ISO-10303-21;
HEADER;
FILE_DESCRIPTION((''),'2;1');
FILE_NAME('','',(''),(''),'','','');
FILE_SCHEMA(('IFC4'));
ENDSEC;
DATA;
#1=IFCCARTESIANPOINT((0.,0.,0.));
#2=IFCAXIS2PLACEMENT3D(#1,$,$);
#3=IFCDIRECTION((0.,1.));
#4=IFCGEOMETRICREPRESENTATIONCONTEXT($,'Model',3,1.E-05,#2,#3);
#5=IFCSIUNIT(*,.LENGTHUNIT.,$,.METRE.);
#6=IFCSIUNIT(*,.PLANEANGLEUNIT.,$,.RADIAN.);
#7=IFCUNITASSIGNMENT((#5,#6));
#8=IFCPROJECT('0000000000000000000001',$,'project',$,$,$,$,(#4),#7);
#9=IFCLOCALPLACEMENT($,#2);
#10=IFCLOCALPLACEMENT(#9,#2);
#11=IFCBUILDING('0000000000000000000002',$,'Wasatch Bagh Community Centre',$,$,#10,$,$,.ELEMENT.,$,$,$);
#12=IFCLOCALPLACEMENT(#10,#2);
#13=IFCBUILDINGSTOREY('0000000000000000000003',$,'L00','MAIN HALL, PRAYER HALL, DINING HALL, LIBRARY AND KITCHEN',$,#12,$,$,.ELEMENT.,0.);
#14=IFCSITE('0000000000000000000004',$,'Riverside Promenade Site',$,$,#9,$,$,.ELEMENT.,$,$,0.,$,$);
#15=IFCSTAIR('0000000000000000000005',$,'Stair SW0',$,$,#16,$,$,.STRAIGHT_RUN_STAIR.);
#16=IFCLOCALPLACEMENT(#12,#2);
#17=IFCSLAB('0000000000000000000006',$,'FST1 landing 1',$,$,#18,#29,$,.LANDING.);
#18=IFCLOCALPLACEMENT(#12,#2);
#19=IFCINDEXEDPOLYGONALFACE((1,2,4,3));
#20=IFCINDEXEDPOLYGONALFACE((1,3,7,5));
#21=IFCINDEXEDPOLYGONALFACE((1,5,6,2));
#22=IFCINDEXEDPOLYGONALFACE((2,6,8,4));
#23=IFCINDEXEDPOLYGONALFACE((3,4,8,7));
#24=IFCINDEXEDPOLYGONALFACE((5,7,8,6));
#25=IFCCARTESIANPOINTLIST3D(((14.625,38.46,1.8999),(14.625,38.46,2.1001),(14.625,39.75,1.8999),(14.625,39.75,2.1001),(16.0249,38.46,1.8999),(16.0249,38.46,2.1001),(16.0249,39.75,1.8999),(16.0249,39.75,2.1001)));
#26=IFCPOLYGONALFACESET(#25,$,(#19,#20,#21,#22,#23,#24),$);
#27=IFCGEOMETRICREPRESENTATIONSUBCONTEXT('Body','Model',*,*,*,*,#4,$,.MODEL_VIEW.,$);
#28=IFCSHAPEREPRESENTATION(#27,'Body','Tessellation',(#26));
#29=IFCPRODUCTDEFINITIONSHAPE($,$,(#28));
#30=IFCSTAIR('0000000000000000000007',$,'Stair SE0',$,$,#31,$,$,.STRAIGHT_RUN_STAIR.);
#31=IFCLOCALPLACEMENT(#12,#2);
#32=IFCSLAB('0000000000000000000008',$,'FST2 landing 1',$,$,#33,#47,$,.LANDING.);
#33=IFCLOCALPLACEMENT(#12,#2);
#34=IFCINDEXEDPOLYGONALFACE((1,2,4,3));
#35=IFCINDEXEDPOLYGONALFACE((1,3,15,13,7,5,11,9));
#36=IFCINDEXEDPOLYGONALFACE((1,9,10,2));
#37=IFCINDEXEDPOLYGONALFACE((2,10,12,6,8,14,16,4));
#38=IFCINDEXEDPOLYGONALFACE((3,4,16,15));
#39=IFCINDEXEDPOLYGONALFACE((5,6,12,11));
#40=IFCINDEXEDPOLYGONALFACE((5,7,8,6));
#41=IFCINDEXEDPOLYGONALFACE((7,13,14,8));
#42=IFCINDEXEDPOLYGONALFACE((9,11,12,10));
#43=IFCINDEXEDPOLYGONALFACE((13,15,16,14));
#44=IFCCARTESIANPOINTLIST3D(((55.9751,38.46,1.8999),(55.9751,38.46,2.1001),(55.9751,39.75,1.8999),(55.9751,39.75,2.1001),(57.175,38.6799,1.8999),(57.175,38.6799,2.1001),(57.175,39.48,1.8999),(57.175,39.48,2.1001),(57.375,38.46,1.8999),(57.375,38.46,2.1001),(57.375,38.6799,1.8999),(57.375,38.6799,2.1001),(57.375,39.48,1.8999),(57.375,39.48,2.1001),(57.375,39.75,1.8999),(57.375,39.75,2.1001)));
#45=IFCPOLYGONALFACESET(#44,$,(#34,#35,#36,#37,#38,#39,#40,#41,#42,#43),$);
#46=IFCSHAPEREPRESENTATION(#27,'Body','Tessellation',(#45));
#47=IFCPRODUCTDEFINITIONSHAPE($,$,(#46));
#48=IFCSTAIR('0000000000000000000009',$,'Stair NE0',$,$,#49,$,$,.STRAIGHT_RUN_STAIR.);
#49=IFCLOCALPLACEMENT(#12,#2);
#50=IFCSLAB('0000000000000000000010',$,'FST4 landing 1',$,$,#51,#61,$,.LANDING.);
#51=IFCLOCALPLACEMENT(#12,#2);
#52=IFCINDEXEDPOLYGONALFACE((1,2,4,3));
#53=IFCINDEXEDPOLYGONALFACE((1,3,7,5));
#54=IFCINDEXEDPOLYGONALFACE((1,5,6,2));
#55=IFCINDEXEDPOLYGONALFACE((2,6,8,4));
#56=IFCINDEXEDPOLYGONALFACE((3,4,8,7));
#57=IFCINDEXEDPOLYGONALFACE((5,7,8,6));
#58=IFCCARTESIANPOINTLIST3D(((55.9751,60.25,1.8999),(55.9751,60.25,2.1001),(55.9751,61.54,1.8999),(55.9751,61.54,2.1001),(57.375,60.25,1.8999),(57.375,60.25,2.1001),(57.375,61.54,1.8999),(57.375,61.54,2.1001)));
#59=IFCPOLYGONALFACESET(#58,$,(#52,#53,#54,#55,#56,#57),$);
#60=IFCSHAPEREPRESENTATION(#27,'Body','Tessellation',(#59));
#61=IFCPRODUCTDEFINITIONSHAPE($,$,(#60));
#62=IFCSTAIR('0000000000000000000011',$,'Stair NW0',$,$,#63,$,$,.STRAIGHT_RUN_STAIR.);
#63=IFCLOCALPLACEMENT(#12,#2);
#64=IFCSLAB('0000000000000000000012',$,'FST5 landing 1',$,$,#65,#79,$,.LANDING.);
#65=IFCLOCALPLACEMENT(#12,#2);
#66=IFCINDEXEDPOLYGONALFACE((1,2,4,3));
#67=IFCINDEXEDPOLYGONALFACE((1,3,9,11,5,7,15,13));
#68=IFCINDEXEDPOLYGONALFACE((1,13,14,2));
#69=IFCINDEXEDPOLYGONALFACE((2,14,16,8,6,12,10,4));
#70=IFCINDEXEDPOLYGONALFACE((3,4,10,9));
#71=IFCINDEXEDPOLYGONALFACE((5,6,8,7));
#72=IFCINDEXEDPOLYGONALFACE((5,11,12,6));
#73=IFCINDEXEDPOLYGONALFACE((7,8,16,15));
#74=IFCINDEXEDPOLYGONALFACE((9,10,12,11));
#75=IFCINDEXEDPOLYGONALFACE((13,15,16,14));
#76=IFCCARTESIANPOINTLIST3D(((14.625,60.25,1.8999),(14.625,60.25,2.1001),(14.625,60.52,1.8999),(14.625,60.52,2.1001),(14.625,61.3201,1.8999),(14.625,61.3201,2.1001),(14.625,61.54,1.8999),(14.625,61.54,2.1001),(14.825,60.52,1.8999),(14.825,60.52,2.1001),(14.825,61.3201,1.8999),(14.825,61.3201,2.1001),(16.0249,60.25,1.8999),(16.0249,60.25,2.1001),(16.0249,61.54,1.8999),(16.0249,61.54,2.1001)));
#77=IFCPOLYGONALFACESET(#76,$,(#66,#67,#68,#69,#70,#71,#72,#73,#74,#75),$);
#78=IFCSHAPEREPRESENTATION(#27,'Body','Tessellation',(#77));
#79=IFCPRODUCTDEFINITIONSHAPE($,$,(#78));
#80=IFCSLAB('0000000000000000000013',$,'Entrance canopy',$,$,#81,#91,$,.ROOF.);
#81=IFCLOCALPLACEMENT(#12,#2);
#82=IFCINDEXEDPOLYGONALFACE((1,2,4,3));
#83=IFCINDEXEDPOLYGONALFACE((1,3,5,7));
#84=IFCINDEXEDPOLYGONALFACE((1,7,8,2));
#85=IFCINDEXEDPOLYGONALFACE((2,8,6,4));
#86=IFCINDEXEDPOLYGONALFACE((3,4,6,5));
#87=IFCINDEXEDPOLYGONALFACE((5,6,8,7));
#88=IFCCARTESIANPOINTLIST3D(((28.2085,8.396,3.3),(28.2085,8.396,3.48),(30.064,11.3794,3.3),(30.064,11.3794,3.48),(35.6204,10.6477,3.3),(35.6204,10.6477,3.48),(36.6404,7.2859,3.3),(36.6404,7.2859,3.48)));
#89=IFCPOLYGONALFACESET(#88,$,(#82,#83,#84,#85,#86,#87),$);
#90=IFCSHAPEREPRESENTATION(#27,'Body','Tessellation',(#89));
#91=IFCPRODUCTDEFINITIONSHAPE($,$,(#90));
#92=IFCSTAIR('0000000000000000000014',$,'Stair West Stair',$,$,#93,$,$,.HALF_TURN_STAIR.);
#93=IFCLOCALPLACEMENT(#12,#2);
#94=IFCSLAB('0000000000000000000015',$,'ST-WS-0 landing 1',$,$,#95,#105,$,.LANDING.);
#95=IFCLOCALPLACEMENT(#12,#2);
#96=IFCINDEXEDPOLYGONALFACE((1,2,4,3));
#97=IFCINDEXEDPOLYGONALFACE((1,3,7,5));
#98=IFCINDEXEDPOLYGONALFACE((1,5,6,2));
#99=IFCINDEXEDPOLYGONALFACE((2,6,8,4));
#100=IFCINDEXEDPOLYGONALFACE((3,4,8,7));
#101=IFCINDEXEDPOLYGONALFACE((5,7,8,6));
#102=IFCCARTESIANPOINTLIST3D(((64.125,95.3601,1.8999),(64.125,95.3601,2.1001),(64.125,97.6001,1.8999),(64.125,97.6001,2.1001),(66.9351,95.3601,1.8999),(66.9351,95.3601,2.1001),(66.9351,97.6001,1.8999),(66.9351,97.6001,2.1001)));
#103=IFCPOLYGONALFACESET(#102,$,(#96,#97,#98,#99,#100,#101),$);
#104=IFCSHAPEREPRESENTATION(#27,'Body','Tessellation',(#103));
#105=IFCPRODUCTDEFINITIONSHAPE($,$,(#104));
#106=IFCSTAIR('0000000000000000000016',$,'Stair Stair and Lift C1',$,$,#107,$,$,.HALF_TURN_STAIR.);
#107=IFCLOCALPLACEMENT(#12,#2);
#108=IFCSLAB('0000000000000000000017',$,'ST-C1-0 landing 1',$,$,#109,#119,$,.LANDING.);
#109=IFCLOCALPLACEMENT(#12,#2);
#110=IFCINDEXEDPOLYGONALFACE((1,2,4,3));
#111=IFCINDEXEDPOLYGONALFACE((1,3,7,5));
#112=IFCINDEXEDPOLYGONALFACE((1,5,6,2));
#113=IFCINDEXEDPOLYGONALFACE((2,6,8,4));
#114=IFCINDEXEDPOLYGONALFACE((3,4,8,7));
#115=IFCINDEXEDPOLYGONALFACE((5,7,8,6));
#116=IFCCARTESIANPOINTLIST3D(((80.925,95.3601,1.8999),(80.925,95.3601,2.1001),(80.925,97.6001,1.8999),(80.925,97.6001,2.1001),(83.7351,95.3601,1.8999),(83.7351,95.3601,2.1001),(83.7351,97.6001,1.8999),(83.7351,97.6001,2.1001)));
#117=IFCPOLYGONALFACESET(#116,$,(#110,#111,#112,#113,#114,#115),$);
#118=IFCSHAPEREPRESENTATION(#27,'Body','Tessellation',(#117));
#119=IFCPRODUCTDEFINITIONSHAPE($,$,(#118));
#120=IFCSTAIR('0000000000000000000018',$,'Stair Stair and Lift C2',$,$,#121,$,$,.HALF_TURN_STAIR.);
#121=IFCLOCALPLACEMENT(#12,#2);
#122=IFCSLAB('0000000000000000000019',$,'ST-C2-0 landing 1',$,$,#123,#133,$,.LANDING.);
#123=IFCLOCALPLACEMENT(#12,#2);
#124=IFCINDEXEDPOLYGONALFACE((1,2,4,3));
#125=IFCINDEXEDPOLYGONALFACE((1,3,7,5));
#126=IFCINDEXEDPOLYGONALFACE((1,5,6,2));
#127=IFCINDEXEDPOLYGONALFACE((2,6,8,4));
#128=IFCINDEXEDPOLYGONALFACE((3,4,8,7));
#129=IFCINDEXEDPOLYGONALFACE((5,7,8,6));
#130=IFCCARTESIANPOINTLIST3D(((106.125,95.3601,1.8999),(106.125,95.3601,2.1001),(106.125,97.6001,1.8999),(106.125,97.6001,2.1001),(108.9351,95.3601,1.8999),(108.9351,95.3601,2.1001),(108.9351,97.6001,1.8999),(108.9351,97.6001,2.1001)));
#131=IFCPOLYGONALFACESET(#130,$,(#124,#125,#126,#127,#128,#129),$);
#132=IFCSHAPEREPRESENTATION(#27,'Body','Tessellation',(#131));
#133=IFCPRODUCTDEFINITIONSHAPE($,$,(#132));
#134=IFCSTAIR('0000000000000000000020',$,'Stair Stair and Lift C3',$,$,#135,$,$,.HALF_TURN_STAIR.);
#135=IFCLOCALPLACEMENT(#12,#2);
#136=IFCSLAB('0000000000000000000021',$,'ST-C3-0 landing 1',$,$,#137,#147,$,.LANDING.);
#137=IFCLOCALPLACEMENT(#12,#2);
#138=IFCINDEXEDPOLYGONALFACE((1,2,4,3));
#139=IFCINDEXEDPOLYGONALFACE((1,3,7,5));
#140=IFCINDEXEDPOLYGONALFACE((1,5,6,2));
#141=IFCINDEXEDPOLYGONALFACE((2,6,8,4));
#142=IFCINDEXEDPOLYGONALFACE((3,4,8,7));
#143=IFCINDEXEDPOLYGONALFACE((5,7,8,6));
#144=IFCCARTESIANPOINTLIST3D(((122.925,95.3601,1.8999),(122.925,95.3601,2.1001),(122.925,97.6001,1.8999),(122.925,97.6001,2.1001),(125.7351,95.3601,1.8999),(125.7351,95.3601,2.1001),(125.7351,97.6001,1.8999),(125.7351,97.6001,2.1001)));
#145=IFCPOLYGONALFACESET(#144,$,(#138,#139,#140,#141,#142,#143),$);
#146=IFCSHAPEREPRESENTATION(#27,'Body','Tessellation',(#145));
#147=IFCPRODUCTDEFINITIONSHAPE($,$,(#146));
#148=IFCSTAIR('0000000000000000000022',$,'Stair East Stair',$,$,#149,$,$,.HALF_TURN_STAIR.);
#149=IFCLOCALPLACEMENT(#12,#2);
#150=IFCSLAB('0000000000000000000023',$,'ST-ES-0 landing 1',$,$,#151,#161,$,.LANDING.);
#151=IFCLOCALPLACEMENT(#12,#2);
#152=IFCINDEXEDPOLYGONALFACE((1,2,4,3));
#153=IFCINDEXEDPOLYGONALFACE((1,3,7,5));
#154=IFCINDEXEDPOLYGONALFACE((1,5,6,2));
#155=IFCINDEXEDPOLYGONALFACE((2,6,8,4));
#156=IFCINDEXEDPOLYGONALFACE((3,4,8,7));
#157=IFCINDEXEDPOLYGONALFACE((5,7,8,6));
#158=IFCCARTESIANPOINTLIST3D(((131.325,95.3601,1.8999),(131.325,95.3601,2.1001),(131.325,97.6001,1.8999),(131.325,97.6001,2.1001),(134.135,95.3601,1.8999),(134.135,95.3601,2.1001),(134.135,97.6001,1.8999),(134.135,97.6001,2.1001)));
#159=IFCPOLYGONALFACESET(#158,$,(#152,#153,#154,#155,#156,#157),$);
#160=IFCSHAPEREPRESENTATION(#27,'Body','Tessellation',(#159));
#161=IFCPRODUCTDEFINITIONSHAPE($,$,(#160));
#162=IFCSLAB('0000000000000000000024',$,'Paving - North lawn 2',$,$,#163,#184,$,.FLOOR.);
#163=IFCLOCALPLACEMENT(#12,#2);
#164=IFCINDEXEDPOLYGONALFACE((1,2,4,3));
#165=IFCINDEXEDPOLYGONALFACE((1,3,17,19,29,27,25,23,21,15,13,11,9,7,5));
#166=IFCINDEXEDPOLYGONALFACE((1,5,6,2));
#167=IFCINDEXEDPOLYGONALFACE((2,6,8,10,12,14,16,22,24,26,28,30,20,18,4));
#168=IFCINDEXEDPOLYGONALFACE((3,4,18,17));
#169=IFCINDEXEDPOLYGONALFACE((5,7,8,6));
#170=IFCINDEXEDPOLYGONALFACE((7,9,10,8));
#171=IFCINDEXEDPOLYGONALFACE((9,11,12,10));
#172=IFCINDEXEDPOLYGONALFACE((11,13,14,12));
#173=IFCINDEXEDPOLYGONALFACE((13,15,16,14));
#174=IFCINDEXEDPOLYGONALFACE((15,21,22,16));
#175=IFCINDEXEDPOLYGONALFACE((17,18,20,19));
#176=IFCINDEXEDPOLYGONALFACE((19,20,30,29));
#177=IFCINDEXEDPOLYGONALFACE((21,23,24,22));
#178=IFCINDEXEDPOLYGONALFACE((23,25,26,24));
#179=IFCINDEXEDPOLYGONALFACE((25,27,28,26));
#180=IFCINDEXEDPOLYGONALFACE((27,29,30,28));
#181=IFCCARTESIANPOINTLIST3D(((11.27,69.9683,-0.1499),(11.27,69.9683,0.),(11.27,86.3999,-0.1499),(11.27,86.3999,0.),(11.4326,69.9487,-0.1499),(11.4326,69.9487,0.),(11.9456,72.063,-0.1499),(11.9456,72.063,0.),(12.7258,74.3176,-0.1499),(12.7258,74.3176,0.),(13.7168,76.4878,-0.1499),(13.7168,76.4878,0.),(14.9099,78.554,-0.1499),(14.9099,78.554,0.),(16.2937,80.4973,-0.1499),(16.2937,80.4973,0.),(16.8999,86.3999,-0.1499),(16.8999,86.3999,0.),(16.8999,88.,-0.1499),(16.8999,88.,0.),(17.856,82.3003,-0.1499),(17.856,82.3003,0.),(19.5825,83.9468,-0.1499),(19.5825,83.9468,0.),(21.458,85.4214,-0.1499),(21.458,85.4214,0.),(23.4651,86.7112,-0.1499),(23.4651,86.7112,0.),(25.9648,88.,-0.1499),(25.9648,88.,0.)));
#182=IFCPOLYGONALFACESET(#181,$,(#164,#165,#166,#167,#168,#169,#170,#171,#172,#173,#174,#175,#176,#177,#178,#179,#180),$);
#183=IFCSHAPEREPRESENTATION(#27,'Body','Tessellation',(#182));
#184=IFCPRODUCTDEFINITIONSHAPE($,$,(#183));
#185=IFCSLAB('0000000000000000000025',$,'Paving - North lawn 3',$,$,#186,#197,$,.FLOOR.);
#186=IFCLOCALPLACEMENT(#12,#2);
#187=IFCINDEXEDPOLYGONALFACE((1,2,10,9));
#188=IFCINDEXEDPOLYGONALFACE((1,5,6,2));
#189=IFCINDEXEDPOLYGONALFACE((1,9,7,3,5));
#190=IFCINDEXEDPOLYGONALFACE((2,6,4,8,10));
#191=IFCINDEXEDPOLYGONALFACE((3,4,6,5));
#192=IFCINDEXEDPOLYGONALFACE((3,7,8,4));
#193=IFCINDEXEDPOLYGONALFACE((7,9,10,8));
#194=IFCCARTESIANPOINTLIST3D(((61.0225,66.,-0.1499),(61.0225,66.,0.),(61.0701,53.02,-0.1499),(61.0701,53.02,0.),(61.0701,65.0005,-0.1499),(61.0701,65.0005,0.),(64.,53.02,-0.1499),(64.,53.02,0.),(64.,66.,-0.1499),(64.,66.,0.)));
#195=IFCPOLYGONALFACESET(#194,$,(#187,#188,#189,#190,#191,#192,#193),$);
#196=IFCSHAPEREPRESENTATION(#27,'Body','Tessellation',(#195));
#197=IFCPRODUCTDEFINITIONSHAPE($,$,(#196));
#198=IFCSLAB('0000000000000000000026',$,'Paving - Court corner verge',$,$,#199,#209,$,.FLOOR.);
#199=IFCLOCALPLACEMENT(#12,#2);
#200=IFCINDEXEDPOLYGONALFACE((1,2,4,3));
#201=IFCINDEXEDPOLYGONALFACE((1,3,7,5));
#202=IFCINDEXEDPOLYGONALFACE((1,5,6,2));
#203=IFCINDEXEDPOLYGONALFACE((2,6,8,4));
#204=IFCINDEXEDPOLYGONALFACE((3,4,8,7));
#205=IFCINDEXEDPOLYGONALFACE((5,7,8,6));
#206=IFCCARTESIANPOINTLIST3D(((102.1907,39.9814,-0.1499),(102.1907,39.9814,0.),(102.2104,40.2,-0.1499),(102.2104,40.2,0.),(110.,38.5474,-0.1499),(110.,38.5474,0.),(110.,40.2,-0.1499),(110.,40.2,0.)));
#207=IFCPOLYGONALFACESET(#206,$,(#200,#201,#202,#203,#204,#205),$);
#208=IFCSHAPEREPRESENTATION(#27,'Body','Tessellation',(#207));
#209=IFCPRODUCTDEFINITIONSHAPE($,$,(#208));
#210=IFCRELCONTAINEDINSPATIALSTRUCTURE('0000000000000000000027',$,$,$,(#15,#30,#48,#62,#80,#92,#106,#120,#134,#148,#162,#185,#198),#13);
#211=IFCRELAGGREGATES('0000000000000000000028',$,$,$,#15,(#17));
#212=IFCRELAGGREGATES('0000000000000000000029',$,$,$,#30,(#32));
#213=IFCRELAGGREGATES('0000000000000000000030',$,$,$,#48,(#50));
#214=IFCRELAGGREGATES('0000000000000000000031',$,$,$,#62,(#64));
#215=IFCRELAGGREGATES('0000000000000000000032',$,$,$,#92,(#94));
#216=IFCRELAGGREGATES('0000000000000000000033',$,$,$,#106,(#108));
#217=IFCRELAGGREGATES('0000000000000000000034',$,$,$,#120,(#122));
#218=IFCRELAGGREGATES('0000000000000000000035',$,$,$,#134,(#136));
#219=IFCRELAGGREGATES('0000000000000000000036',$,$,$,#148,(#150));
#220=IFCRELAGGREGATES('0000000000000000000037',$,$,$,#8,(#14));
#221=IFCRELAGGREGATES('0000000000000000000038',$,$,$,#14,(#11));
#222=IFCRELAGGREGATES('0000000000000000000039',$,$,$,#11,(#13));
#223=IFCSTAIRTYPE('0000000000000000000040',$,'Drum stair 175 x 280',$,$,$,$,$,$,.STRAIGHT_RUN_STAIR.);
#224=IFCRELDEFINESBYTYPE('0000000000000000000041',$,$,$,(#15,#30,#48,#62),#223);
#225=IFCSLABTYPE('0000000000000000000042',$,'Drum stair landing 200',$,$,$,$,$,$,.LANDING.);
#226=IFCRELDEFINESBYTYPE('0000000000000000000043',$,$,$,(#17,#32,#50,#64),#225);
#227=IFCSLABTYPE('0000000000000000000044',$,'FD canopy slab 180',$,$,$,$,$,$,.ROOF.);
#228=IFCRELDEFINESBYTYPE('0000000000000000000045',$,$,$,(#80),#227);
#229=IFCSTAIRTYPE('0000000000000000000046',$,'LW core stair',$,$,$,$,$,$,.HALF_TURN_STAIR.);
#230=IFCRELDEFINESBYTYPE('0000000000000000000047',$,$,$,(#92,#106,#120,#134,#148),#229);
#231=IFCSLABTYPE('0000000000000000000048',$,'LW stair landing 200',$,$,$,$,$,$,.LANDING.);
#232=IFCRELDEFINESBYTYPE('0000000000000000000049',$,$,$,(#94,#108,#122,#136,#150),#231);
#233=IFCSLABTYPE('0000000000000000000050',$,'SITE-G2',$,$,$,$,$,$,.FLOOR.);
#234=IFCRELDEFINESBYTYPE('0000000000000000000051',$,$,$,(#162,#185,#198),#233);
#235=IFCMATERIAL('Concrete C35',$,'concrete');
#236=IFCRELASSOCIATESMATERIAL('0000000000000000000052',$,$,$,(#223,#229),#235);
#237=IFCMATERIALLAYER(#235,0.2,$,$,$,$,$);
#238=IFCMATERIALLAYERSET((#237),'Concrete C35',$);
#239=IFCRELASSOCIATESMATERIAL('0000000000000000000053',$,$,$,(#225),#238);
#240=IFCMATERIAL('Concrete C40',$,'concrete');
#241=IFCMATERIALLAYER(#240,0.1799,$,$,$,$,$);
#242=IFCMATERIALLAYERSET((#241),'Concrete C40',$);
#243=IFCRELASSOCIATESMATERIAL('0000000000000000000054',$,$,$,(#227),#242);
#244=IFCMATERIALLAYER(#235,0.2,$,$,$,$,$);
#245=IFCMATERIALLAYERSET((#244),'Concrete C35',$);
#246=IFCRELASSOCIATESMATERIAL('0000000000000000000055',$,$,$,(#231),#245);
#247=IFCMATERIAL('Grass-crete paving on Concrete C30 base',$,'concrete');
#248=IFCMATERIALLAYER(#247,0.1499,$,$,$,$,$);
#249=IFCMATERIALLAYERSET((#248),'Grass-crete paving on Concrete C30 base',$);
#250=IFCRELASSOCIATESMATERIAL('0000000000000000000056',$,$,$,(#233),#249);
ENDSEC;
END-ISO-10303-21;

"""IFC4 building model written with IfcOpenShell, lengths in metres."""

from ifc_helpers import new_model, si_unit, direction, frame, origin, place, context, subcontext, project, spatial, polyline, outline, extrude, material, layer, layer_set, type_object, element, aggregate, save


model = new_model("IFC4")

# Units and contexts
model_context = context("Model", 3, precision=1e-05, world=origin(), true_north=direction((0.0, 1.0)))
body_context = subcontext(model_context, "Body", "Model", "MODEL_VIEW")
ifc_project = project(units=[si_unit("LENGTHUNIT", "METRE"), si_unit("PLANEANGLEUNIT", "RADIAN")], contexts=[model_context])

# Site, building, storey
site_placement = place(None, origin())
site = spatial("IfcSite", under=ifc_project, at=site_placement, Name="Riverside Promenade Site", CompositionType="ELEMENT", RefElevation=0.0)
building_placement = place(site_placement, origin())
building = spatial("IfcBuilding", under=site, at=building_placement, Name="Wasatch Bagh Community Centre", CompositionType="ELEMENT")
storey_placement = place(building_placement, origin())
storey = spatial("IfcBuildingStorey", under=building, at=storey_placement, Name="L00", Description="MAIN HALL, PRAYER HALL, DINING HALL, LIBRARY AND KITCHEN", CompositionType="ELEMENT", Elevation=0.0)

# Stairs, slabs
ifc_material_1 = material(Name="Concrete C35", Category="concrete")
stair_type_1 = type_object("IfcStairType", Name="Drum stair 175 x 280", PredefinedType="STRAIGHT_RUN_STAIR", material=ifc_material_1)
stair_1_placement = place(storey_placement, origin())
stair_1 = element("IfcStair", 1, at=stair_1_placement, inside=storey, type_object=stair_type_1, Name="Stair SW0", PredefinedType="STRAIGHT_RUN_STAIR")
ifc_layer_1 = layer(ifc_material_1, 0.2)
ifc_layer_set_1 = layer_set([ifc_layer_1], Name="Concrete C35")
slab_type_1 = type_object("IfcSlabType", Name="Drum stair landing 200", PredefinedType="LANDING", material=ifc_layer_set_1)
slab_1_placement = place(storey_placement, frame((0.0, 0.0, 1.8999)))
slab_1 = element("IfcSlab", 2, at=slab_1_placement, type_object=slab_type_1, Name="FST1 landing 1", PredefinedType="LANDING", context=body_context, shape_type="SweptSolid", body=[
    extrude(outline(polyline([(16.0249, 38.46), (14.625, 38.46), (14.625, 39.75), (16.0249, 39.75), (16.0249, 38.46)])), origin(), (0.0, 0.0, 1.0), 0.2002),
])
aggregate(stair_1, [slab_1])
stair_2_placement = place(storey_placement, origin())
stair_2 = element("IfcStair", 3, at=stair_2_placement, inside=storey, type_object=stair_type_1, Name="Stair SE0", PredefinedType="STRAIGHT_RUN_STAIR")
slab_2_placement = place(storey_placement, frame((0.0, 0.0, 1.8999)))
slab_2 = element("IfcSlab", 4, at=slab_2_placement, type_object=slab_type_1, Name="FST2 landing 1", PredefinedType="LANDING", context=body_context, shape_type="SweptSolid", body=[
    extrude(outline(polyline([(57.375, 38.46), (55.9751, 38.46), (55.9751, 39.75), (57.375, 39.75), (57.375, 39.48), (57.175, 39.48), (57.175, 38.6799), (57.375, 38.6799), (57.375, 38.46)])), origin(), (0.0, 0.0, 1.0), 0.2002),
])
aggregate(stair_2, [slab_2])
stair_3_placement = place(storey_placement, origin())
stair_3 = element("IfcStair", 5, at=stair_3_placement, inside=storey, type_object=stair_type_1, Name="Stair NE0", PredefinedType="STRAIGHT_RUN_STAIR")
slab_3_placement = place(storey_placement, frame((0.0, 0.0, 1.8999)))
slab_3 = element("IfcSlab", 6, at=slab_3_placement, type_object=slab_type_1, Name="FST4 landing 1", PredefinedType="LANDING", context=body_context, shape_type="SweptSolid", body=[
    extrude(outline(polyline([(55.9751, 61.54), (57.375, 61.54), (57.375, 60.25), (55.9751, 60.25), (55.9751, 61.54)])), origin(), (0.0, 0.0, 1.0), 0.2002),
])
aggregate(stair_3, [slab_3])
stair_4_placement = place(storey_placement, origin())
stair_4 = element("IfcStair", 7, at=stair_4_placement, inside=storey, type_object=stair_type_1, Name="Stair NW0", PredefinedType="STRAIGHT_RUN_STAIR")
slab_4_placement = place(storey_placement, frame((0.0, 0.0, 1.8999)))
slab_4 = element("IfcSlab", 8, at=slab_4_placement, type_object=slab_type_1, Name="FST5 landing 1", PredefinedType="LANDING", context=body_context, shape_type="SweptSolid", body=[
    extrude(outline(polyline([(14.625, 61.54), (16.0249, 61.54), (16.0249, 60.25), (14.625, 60.25), (14.625, 60.52), (14.825, 60.52), (14.825, 61.3201), (14.625, 61.3201), (14.625, 61.54)])), origin(), (0.0, 0.0, 1.0), 0.2002),
])
aggregate(stair_4, [slab_4])

# Slab
ifc_material_2 = material(Name="Concrete C40", Category="concrete")
ifc_layer_2 = layer(ifc_material_2, 0.1799)
ifc_layer_set_2 = layer_set([ifc_layer_2], Name="Concrete C40")
slab_type_2 = type_object("IfcSlabType", Name="FD canopy slab 180", PredefinedType="ROOF", material=ifc_layer_set_2)
slab_5_placement = place(storey_placement, frame((0.0, 0.0, 3.3)))
element("IfcSlab", 9, at=slab_5_placement, inside=storey, type_object=slab_type_2, Name="Entrance canopy", PredefinedType="ROOF", context=body_context, shape_type="SweptSolid", body=[
    extrude(outline(polyline([(30.064, 11.3794), (35.6204, 10.6477), (36.6404, 7.2859), (28.2085, 8.396), (30.064, 11.3794)])), origin(), (0.0, 0.0, 1.0), 0.1799),
])

# Stairs, slabs
stair_type_2 = type_object("IfcStairType", Name="LW core stair", PredefinedType="HALF_TURN_STAIR", material=ifc_material_1)
stair_5_placement = place(storey_placement, origin())
stair_5 = element("IfcStair", 10, at=stair_5_placement, inside=storey, type_object=stair_type_2, Name="Stair West Stair", PredefinedType="HALF_TURN_STAIR")
ifc_layer_3 = layer(ifc_material_1, 0.2)
ifc_layer_set_3 = layer_set([ifc_layer_3], Name="Concrete C35")
slab_type_3 = type_object("IfcSlabType", Name="LW stair landing 200", PredefinedType="LANDING", material=ifc_layer_set_3)
slab_6_placement = place(storey_placement, frame((0.0, 0.0, 1.8999)))
slab_6 = element("IfcSlab", 11, at=slab_6_placement, type_object=slab_type_3, Name="ST-WS-0 landing 1", PredefinedType="LANDING", context=body_context, shape_type="SweptSolid", body=[
    extrude(outline(polyline([(64.125, 95.3601), (66.9351, 95.3601), (66.9351, 97.6001), (64.125, 97.6001), (64.125, 95.3601)])), origin(), (0.0, 0.0, 1.0), 0.2002),
])
aggregate(stair_5, [slab_6])
stair_6_placement = place(storey_placement, origin())
stair_6 = element("IfcStair", 12, at=stair_6_placement, inside=storey, type_object=stair_type_2, Name="Stair Stair and Lift C1", PredefinedType="HALF_TURN_STAIR")
slab_7_placement = place(storey_placement, frame((0.0, 0.0, 1.8999)))
slab_7 = element("IfcSlab", 13, at=slab_7_placement, type_object=slab_type_3, Name="ST-C1-0 landing 1", PredefinedType="LANDING", context=body_context, shape_type="SweptSolid", body=[
    extrude(outline(polyline([(80.925, 95.3601), (83.7351, 95.3601), (83.7351, 97.6001), (80.925, 97.6001), (80.925, 95.3601)])), origin(), (0.0, 0.0, 1.0), 0.2002),
])
aggregate(stair_6, [slab_7])
stair_7_placement = place(storey_placement, origin())
stair_7 = element("IfcStair", 14, at=stair_7_placement, inside=storey, type_object=stair_type_2, Name="Stair Stair and Lift C2", PredefinedType="HALF_TURN_STAIR")
slab_8_placement = place(storey_placement, frame((0.0, 0.0, 1.8999)))
slab_8 = element("IfcSlab", 15, at=slab_8_placement, type_object=slab_type_3, Name="ST-C2-0 landing 1", PredefinedType="LANDING", context=body_context, shape_type="SweptSolid", body=[
    extrude(outline(polyline([(106.125, 95.3601), (108.9351, 95.3601), (108.9351, 97.6001), (106.125, 97.6001), (106.125, 95.3601)])), origin(), (0.0, 0.0, 1.0), 0.2002),
])
aggregate(stair_7, [slab_8])
stair_8_placement = place(storey_placement, origin())
stair_8 = element("IfcStair", 16, at=stair_8_placement, inside=storey, type_object=stair_type_2, Name="Stair Stair and Lift C3", PredefinedType="HALF_TURN_STAIR")
slab_9_placement = place(storey_placement, frame((0.0, 0.0, 1.8999)))
slab_9 = element("IfcSlab", 17, at=slab_9_placement, type_object=slab_type_3, Name="ST-C3-0 landing 1", PredefinedType="LANDING", context=body_context, shape_type="SweptSolid", body=[
    extrude(outline(polyline([(122.925, 95.3601), (125.7351, 95.3601), (125.7351, 97.6001), (122.925, 97.6001), (122.925, 95.3601)])), origin(), (0.0, 0.0, 1.0), 0.2002),
])
aggregate(stair_8, [slab_9])
stair_9_placement = place(storey_placement, origin())
stair_9 = element("IfcStair", 18, at=stair_9_placement, inside=storey, type_object=stair_type_2, Name="Stair East Stair", PredefinedType="HALF_TURN_STAIR")
slab_10_placement = place(storey_placement, frame((0.0, 0.0, 1.8999)))
slab_10 = element("IfcSlab", 19, at=slab_10_placement, type_object=slab_type_3, Name="ST-ES-0 landing 1", PredefinedType="LANDING", context=body_context, shape_type="SweptSolid", body=[
    extrude(outline(polyline([(131.325, 95.3601), (134.135, 95.3601), (134.135, 97.6001), (131.325, 97.6001), (131.325, 95.3601)])), origin(), (0.0, 0.0, 1.0), 0.2002),
])
aggregate(stair_9, [slab_10])

# Slabs
ifc_material_3 = material(Name="Grass-crete paving on Concrete C30 base", Category="concrete")
ifc_layer_4 = layer(ifc_material_3, 0.1499)
ifc_layer_set_4 = layer_set([ifc_layer_4], Name="Grass-crete paving on Concrete C30 base")
slab_type_4 = type_object("IfcSlabType", Name="SITE-G2", PredefinedType="FLOOR", material=ifc_layer_set_4)
slab_11_placement = place(storey_placement, frame((0.0, 0.0, -0.1499)))
element("IfcSlab", 20, at=slab_11_placement, inside=storey, type_object=slab_type_4, Name="Paving - North lawn 2", PredefinedType="FLOOR", context=body_context, shape_type="SweptSolid", body=[
    extrude(outline(polyline([(16.8999, 86.3999), (16.8999, 88.0), (25.9648, 88.0), (23.4651, 86.7112), (21.458, 85.4214), (19.5825, 83.9468), (17.856, 82.3003), (16.2937, 80.4973), (14.9099, 78.554), (13.7168, 76.4878), (12.7258, 74.3176), (11.9456, 72.063), (11.4326, 69.9487), (11.27, 69.9683), (11.27, 86.3999), (16.8999, 86.3999)])), origin(), (0.0, 0.0, 1.0), 0.1499),
])
slab_12_placement = place(storey_placement, frame((0.0, 0.0, -0.1499)))
element("IfcSlab", 21, at=slab_12_placement, inside=storey, type_object=slab_type_4, Name="Paving - North lawn 3", PredefinedType="FLOOR", context=body_context, shape_type="SweptSolid", body=[
    extrude(outline(polyline([(64.0, 66.0), (64.0, 53.02), (61.0701, 53.02), (61.0701, 65.0005), (61.0225, 66.0), (64.0, 66.0)])), origin(), (0.0, 0.0, 1.0), 0.1499),
])
slab_13_placement = place(storey_placement, frame((0.0, 0.0, -0.1499)))
element("IfcSlab", 22, at=slab_13_placement, inside=storey, type_object=slab_type_4, Name="Paving - Court corner verge", PredefinedType="FLOOR", context=body_context, shape_type="SweptSolid", body=[
    extrude(outline(polyline([(110.0, 38.5474), (102.1907, 39.9814), (102.2104, 40.2), (110.0, 40.2), (110.0, 38.5474)])), origin(), (0.0, 0.0, 1.0), 0.1499),
])

save(model, "model.ifc")
